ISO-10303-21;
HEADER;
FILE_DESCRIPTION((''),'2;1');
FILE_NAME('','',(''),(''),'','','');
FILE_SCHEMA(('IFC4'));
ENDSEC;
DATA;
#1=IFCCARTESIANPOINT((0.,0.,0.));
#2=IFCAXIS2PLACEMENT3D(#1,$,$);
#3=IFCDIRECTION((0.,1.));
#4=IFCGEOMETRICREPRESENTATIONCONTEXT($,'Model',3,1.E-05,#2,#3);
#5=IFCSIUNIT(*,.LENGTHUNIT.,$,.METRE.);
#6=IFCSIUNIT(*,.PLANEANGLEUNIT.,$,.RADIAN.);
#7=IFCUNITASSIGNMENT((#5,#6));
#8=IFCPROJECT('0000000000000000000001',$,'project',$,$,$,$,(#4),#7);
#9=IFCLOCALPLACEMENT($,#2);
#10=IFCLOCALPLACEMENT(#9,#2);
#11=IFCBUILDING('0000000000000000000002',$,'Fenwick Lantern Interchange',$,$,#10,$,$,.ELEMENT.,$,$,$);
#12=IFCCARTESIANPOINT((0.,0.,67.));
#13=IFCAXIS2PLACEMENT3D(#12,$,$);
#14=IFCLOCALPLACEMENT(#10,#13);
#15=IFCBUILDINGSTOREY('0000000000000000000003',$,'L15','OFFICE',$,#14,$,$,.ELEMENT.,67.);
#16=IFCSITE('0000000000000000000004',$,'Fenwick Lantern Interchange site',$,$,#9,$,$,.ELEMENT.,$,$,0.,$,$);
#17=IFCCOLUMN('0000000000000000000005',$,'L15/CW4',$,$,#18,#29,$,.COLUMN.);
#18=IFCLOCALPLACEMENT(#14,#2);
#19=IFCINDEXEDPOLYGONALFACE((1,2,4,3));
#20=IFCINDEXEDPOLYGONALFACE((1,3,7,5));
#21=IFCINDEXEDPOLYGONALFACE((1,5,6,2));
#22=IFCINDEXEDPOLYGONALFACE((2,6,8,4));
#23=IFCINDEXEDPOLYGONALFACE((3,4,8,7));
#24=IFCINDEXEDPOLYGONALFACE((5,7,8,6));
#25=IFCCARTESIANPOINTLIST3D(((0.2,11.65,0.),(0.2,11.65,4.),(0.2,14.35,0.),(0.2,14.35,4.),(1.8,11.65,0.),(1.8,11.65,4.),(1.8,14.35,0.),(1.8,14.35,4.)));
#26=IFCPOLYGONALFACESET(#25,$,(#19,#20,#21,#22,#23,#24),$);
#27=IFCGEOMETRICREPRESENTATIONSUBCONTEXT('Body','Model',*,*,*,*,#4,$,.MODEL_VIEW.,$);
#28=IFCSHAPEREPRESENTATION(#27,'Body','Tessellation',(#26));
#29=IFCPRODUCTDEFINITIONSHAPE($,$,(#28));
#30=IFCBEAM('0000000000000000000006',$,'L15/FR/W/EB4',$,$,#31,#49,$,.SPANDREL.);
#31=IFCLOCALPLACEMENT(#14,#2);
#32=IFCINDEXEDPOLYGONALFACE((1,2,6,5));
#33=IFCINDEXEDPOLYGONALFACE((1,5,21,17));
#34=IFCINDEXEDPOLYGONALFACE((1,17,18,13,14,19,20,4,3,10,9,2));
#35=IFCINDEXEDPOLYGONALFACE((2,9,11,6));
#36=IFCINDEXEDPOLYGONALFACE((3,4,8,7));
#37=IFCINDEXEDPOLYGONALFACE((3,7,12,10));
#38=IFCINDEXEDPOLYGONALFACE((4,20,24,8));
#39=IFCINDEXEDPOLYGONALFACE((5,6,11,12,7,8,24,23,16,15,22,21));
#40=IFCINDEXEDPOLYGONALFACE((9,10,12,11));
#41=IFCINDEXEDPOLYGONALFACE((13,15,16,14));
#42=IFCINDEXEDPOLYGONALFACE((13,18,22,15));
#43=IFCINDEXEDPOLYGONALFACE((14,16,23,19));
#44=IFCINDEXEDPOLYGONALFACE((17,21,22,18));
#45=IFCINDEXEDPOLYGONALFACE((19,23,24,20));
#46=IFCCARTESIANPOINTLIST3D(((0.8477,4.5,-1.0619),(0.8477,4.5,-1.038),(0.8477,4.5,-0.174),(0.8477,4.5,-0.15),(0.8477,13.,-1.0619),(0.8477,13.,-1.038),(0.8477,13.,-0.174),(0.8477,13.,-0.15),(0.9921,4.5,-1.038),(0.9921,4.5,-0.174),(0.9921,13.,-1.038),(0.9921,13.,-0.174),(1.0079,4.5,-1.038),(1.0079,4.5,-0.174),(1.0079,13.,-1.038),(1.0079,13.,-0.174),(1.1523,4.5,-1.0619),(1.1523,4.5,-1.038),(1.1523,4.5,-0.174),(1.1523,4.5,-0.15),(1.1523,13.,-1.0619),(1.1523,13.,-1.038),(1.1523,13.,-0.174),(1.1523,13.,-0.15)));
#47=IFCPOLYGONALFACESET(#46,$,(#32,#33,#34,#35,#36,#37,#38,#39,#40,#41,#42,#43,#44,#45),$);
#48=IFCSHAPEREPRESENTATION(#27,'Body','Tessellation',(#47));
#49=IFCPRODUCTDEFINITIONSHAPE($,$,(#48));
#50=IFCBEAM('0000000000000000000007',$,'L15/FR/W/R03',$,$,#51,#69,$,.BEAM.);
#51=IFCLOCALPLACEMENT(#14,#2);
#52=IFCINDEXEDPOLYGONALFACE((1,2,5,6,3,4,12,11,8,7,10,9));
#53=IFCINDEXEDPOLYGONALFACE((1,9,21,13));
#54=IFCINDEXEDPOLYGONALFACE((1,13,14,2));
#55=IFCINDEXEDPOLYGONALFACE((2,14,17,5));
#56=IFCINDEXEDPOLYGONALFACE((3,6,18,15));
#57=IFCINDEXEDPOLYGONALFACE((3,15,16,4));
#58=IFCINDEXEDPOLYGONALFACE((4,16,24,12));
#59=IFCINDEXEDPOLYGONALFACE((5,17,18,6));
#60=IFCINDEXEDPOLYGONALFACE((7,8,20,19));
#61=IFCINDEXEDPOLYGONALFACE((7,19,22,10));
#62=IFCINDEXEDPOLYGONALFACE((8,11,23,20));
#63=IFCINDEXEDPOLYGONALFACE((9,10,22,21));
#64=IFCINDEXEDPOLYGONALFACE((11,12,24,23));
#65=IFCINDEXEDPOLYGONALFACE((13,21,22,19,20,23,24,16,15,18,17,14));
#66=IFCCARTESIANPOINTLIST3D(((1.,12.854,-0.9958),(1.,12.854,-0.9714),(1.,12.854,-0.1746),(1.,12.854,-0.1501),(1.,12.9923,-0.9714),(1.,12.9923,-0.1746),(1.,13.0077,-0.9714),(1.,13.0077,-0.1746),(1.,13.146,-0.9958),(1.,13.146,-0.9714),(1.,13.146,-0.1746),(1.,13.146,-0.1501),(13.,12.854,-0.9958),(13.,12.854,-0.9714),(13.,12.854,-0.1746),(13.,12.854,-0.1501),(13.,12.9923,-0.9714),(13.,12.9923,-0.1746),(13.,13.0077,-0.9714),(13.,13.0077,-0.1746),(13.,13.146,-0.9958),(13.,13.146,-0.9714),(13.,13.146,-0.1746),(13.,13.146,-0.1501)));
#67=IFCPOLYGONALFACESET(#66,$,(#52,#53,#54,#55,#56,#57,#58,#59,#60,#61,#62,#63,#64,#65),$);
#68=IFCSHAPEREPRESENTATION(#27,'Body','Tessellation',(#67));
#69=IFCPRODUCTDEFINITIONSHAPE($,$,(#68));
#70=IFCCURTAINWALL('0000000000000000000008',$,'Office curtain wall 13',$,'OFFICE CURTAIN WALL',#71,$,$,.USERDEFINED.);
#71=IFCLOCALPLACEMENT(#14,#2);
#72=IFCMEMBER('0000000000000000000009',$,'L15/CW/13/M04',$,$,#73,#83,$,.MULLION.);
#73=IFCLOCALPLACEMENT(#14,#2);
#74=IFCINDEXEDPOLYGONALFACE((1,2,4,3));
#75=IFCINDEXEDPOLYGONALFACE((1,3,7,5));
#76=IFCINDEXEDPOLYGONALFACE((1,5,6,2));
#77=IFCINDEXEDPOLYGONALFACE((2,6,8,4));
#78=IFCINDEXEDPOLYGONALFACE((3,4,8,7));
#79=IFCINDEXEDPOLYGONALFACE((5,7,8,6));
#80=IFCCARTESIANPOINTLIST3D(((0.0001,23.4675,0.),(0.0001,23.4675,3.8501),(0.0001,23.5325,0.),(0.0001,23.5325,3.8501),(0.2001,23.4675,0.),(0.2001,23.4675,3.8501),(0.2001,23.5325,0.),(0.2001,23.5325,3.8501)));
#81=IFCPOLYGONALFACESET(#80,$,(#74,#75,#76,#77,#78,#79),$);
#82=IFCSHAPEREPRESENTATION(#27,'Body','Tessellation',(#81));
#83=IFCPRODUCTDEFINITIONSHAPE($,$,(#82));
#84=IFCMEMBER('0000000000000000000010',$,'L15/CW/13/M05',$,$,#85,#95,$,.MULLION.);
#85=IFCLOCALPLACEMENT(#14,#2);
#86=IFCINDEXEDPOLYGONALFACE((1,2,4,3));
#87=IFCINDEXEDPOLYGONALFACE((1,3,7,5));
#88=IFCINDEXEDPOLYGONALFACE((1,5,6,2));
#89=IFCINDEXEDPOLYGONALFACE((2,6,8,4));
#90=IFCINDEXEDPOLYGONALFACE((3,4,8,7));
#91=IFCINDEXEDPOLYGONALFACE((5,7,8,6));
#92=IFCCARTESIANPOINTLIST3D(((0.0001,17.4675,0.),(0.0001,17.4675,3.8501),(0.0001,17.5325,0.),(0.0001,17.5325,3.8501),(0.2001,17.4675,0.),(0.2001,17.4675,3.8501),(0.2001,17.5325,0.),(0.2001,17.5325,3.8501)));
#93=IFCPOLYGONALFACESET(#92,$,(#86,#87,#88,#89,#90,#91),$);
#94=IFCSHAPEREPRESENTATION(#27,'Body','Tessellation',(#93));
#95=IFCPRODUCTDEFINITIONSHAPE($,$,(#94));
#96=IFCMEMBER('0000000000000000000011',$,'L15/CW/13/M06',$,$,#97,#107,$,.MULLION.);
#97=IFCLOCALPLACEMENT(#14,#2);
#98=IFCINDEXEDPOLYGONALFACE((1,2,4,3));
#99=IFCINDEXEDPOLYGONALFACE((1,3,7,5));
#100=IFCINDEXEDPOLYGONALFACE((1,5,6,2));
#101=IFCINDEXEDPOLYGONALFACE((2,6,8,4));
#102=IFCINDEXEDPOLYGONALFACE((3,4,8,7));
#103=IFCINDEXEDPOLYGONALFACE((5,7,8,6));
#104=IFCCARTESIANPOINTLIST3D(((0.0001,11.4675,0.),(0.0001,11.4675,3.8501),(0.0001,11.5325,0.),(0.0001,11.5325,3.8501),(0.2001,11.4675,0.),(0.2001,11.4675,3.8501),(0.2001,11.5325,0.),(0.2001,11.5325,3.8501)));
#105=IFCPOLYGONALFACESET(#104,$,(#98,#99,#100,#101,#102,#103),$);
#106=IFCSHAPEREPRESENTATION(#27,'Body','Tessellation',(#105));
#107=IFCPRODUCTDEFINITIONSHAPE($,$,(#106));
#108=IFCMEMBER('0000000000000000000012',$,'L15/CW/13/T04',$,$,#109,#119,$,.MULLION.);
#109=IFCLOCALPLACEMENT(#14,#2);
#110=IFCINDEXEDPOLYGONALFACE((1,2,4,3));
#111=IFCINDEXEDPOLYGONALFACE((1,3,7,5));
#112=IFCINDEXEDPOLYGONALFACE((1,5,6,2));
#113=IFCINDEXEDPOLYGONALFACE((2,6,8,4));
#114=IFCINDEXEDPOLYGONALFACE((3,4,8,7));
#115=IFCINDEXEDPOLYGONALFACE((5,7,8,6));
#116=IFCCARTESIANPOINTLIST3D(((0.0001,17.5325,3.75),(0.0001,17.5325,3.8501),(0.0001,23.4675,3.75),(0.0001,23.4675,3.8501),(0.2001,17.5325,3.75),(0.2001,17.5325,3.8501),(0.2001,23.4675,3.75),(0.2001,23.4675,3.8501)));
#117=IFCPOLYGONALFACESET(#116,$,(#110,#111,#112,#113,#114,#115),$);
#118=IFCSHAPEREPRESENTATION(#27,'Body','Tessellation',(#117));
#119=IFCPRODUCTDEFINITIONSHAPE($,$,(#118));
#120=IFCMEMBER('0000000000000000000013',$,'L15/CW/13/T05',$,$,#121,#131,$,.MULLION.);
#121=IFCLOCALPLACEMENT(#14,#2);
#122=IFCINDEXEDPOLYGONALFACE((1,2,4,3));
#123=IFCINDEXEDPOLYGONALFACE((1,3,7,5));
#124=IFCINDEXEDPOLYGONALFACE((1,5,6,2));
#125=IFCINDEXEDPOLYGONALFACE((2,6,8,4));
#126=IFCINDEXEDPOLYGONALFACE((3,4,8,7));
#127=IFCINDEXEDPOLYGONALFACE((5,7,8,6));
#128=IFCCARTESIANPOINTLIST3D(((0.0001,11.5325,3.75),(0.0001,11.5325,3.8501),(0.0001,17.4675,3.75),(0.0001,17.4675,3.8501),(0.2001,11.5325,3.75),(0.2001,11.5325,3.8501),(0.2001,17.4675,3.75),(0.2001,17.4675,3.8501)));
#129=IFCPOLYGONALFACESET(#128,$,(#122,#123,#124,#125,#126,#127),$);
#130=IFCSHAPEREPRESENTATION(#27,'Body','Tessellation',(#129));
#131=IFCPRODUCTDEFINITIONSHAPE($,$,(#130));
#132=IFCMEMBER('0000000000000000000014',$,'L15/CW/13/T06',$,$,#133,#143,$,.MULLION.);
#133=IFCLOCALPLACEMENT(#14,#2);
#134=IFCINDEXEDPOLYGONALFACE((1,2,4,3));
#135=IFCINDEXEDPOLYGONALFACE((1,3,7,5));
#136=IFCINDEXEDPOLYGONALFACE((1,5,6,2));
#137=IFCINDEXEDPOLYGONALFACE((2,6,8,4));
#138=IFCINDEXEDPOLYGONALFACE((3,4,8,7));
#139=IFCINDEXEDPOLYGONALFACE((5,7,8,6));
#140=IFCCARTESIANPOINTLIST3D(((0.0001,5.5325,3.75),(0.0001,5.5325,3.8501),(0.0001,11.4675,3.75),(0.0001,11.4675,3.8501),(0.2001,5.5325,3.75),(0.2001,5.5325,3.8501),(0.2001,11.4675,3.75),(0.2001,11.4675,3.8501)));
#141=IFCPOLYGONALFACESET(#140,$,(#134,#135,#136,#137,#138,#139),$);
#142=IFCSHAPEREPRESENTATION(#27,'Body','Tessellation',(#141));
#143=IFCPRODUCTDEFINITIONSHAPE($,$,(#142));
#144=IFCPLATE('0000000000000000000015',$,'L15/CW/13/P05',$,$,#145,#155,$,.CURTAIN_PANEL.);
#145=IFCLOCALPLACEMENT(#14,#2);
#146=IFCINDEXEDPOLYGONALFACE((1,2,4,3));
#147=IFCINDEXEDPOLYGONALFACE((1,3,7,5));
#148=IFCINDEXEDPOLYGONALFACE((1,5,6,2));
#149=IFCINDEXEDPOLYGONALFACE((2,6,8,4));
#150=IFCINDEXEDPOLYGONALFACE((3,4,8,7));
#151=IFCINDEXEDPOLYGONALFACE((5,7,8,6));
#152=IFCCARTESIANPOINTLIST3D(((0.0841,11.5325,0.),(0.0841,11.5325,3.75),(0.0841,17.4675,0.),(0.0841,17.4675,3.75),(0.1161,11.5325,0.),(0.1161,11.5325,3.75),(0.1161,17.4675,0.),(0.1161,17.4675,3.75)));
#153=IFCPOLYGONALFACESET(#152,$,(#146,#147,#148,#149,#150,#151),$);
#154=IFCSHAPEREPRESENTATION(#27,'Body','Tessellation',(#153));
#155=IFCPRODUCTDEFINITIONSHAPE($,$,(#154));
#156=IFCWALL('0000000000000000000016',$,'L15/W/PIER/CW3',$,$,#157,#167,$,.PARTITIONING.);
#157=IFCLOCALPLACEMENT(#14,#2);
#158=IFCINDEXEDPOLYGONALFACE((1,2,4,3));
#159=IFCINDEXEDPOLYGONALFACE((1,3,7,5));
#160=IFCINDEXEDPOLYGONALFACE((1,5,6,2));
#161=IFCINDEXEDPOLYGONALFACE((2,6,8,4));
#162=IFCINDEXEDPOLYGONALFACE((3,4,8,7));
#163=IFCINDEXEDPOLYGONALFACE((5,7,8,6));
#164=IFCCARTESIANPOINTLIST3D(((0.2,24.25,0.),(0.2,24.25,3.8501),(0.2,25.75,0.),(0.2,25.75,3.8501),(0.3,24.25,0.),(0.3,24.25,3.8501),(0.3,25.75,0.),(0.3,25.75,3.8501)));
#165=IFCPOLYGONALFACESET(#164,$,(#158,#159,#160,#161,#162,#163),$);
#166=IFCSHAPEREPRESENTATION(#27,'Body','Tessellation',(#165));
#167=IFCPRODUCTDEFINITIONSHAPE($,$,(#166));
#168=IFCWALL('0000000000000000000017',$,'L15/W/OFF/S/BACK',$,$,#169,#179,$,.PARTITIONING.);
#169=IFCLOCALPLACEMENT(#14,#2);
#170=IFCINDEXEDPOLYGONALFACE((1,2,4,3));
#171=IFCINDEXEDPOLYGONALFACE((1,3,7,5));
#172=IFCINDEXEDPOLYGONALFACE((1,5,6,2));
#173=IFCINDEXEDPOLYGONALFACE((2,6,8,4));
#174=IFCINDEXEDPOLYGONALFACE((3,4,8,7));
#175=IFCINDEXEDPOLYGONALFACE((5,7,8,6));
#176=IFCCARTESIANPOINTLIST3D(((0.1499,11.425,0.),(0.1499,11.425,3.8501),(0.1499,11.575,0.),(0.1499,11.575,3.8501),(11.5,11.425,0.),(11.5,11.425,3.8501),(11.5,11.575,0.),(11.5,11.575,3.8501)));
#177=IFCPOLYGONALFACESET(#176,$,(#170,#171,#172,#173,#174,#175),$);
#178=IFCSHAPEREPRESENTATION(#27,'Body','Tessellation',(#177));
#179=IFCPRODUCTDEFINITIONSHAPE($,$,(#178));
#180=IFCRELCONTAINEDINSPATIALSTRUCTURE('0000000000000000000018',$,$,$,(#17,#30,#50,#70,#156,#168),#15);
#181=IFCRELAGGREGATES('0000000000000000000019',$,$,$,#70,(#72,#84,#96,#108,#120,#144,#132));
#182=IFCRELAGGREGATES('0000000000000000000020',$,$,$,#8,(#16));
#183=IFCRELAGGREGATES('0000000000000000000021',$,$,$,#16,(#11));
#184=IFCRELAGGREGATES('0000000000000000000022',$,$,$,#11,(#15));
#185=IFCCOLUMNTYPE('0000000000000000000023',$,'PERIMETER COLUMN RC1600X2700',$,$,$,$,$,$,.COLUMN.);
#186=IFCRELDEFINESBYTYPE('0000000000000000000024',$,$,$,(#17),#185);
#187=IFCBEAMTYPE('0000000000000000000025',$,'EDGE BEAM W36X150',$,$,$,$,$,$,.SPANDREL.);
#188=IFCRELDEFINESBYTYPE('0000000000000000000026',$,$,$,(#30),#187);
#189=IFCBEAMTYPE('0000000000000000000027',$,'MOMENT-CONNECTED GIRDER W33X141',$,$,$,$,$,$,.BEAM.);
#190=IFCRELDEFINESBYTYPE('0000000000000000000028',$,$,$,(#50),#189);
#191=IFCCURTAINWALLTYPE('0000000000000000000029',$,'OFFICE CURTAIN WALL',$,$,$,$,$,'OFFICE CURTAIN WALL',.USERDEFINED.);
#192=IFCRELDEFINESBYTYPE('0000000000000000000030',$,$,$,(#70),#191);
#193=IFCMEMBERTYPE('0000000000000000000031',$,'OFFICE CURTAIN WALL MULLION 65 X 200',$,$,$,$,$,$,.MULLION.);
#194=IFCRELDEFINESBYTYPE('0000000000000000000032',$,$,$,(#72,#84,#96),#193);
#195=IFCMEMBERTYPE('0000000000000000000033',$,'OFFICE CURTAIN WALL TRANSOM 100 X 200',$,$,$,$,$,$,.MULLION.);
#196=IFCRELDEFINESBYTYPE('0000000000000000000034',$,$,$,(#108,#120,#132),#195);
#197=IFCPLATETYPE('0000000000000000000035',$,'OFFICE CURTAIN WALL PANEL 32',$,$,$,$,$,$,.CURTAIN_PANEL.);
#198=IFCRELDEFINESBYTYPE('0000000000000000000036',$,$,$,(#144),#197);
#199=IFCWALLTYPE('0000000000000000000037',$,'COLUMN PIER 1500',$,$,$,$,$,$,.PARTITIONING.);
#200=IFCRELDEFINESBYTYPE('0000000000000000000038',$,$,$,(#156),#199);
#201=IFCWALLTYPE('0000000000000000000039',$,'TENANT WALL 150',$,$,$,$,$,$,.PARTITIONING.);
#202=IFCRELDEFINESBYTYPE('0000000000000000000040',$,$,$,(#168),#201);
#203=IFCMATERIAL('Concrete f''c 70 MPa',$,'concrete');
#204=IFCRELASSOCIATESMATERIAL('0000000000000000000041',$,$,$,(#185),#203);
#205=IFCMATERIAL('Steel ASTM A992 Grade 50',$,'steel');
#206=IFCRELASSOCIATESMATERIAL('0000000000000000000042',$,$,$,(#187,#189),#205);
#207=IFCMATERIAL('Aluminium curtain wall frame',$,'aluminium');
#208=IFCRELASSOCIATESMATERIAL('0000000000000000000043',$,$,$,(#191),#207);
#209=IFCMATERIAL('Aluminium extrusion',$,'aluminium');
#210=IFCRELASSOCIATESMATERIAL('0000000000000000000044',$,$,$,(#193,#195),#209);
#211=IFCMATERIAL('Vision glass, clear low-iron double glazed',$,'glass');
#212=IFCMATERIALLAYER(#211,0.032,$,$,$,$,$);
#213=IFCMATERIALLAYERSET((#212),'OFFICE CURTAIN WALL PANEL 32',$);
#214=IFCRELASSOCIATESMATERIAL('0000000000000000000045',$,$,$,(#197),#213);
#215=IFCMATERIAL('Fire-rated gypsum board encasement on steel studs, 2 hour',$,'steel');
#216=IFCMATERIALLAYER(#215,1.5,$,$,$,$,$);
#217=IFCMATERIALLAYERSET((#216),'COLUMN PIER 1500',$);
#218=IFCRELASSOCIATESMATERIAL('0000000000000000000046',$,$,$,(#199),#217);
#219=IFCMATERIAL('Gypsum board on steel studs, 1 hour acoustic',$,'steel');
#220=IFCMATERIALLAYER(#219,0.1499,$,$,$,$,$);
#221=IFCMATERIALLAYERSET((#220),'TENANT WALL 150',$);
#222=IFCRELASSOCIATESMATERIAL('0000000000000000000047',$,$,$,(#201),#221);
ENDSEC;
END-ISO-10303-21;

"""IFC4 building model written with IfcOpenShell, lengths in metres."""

from ifc_helpers import new_model, si_unit, direction, frame, frame_2d, origin, origin_2d, place, context, subcontext, project, spatial, rectangle, i_section, extrude, material, layer, layer_set, material_profile, profile_set, type_object, element, aggregate, save


model = new_model("IFC4")

# Units and contexts
model_context = context("Model", 3, precision=1e-05, world=origin(), true_north=direction((0.0, 1.0)))
body_context = subcontext(model_context, "Body", "Model", "MODEL_VIEW")
ifc_project = project(units=[si_unit("LENGTHUNIT", "METRE"), si_unit("PLANEANGLEUNIT", "RADIAN")], contexts=[model_context])

# Site, building, storey
site_placement = place(None, origin())
site = spatial("IfcSite", under=ifc_project, at=site_placement, Name="Fenwick Lantern Interchange site", CompositionType="ELEMENT", RefElevation=0.0)
building_placement = place(site_placement, origin())
building = spatial("IfcBuilding", under=site, at=building_placement, Name="Fenwick Lantern Interchange", CompositionType="ELEMENT")
storey_placement = place(building_placement, frame((0.0, 0.0, 67.0)))
storey = spatial("IfcBuildingStorey", under=building, at=storey_placement, Name="L15", Description="OFFICE", CompositionType="ELEMENT", Elevation=67.0)

# Column
ifc_material_1 = material(Name="Concrete f'c 70 MPa", Category="concrete")
ifc_material_profile_1 = material_profile(ifc_material_1, rectangle(XDim=1.6001, YDim=2.7, at=origin_2d()), Name="RC1600X2700")
ifc_profile_set_1 = profile_set([ifc_material_profile_1], Name="Concrete f'c 70 MPa")
column_type = type_object("IfcColumnType", Name="PERIMETER COLUMN RC1600X2700", PredefinedType="COLUMN", material=ifc_profile_set_1)
column_placement = place(storey_placement, frame((1.0, 13.0, 0.0), z_axis=(0.0, 0.0, 1.0), x_axis=(1.0, 0.0, 0.0)))
element("IfcColumn", 1, at=column_placement, inside=storey, type_object=column_type, Name="L15/CW4", PredefinedType="COLUMN", context=body_context, shape_type="SweptSolid", body=[
    extrude(rectangle(XDim=1.6001, YDim=2.7, at=origin_2d()), origin(), (0.0, 0.0, 1.0), 4.0),
])

# Beams
ifc_material_2 = material(Name="Steel ASTM A992 Grade 50", Category="steel")
ifc_material_profile_2 = material_profile(ifc_material_2, i_section(OverallWidth=0.3047, OverallDepth=0.9119, WebThickness=0.0159, FlangeThickness=0.0239, at=origin_2d()), Name="W36X150")
ifc_profile_set_2 = profile_set([ifc_material_profile_2], Name="Steel ASTM A992 Grade 50")
beam_type_1 = type_object("IfcBeamType", Name="EDGE BEAM W36X150", PredefinedType="SPANDREL", material=ifc_profile_set_2)
beam_1_placement = place(storey_placement, frame((1.0, 13.0, -0.606), z_axis=(0.0, -1.0, 0.0), x_axis=(1.0, 0.0, 0.0)))
element("IfcBeam", 2, at=beam_1_placement, inside=storey, type_object=beam_type_1, Name="L15/FR/W/EB4", PredefinedType="SPANDREL", context=body_context, shape_type="SweptSolid", body=[
    extrude(i_section(OverallWidth=0.3047, OverallDepth=0.9119, WebThickness=0.0159, FlangeThickness=0.0239, at=origin_2d()), origin(), (0.0, 0.0, 1.0), 8.5),
])
ifc_material_profile_3 = material_profile(ifc_material_2, i_section(OverallWidth=0.292, OverallDepth=0.8457, WebThickness=0.0154, FlangeThickness=0.0244, at=origin_2d()), Name="W33X141")
ifc_profile_set_3 = profile_set([ifc_material_profile_3], Name="Steel ASTM A992 Grade 50")
beam_type_2 = type_object("IfcBeamType", Name="MOMENT-CONNECTED GIRDER W33X141", PredefinedType="BEAM", material=ifc_profile_set_3)
beam_2_placement = place(storey_placement, frame((1.0, 13.0, -0.573), z_axis=(1.0, 0.0, 0.0), x_axis=(0.0, 1.0, 0.0)))
element("IfcBeam", 3, at=beam_2_placement, inside=storey, type_object=beam_type_2, Name="L15/FR/W/R03", PredefinedType="BEAM", context=body_context, shape_type="SweptSolid", body=[
    extrude(i_section(OverallWidth=0.292, OverallDepth=0.8457, WebThickness=0.0154, FlangeThickness=0.0244, at=origin_2d()), origin(), (0.0, 0.0, 1.0), 12.0),
])

# Curtain wall, members, plate
ifc_material_3 = material(Name="Aluminium curtain wall frame", Category="aluminium")
curtain_wall_type = type_object("IfcCurtainWallType", Name="OFFICE CURTAIN WALL", ElementType="OFFICE CURTAIN WALL", PredefinedType="USERDEFINED", material=ifc_material_3)
curtain_wall_placement = place(storey_placement, origin())
curtain_wall = element("IfcCurtainWall", 4, at=curtain_wall_placement, inside=storey, type_object=curtain_wall_type, Name="Office curtain wall 13", ObjectType="OFFICE CURTAIN WALL", PredefinedType="USERDEFINED")
ifc_material_4 = material(Name="Aluminium extrusion", Category="aluminium")
ifc_material_profile_4 = material_profile(ifc_material_4, rectangle(XDim=0.2, YDim=0.0649, at=origin_2d()), Name="OFFICE CURTAIN WALL MULLION 65 X 200")
ifc_profile_set_4 = profile_set([ifc_material_profile_4], Name="Aluminium extrusion")
member_type_1 = type_object("IfcMemberType", Name="OFFICE CURTAIN WALL MULLION 65 X 200", PredefinedType="MULLION", material=ifc_profile_set_4)
member_1_placement = place(storey_placement, frame((0.1001, 23.5, 0.0), z_axis=(0.0, 0.0, 1.0), x_axis=(1.0, 0.0, 0.0)))
member_1 = element("IfcMember", 5, at=member_1_placement, type_object=member_type_1, Name="L15/CW/13/M04", PredefinedType="MULLION", context=body_context, shape_type="SweptSolid", body=[
    extrude(rectangle(XDim=0.2, YDim=0.0649, at=origin_2d()), origin(), (0.0, 0.0, 1.0), 3.8501),
])
member_2_placement = place(storey_placement, frame((0.1001, 17.5, 0.0), z_axis=(0.0, 0.0, 1.0), x_axis=(1.0, 0.0, 0.0)))
member_2 = element("IfcMember", 6, at=member_2_placement, type_object=member_type_1, Name="L15/CW/13/M05", PredefinedType="MULLION", context=body_context, shape_type="SweptSolid", body=[
    extrude(rectangle(XDim=0.2, YDim=0.0649, at=origin_2d()), origin(), (0.0, 0.0, 1.0), 3.8501),
])
member_3_placement = place(storey_placement, frame((0.1001, 11.5, 0.0), z_axis=(0.0, 0.0, 1.0), x_axis=(1.0, 0.0, 0.0)))
member_3 = element("IfcMember", 7, at=member_3_placement, type_object=member_type_1, Name="L15/CW/13/M06", PredefinedType="MULLION", context=body_context, shape_type="SweptSolid", body=[
    extrude(rectangle(XDim=0.2, YDim=0.0649, at=origin_2d()), origin(), (0.0, 0.0, 1.0), 3.8501),
])
ifc_material_profile_5 = material_profile(ifc_material_4, rectangle(XDim=0.2, YDim=0.1001, at=origin_2d()), Name="OFFICE CURTAIN WALL TRANSOM 100 X 200")
ifc_profile_set_5 = profile_set([ifc_material_profile_5], Name="Aluminium extrusion")
member_type_2 = type_object("IfcMemberType", Name="OFFICE CURTAIN WALL TRANSOM 100 X 200", PredefinedType="MULLION", material=ifc_profile_set_5)
member_4_placement = place(storey_placement, frame((0.1001, 23.4675, 3.8), z_axis=(0.0, -1.0, 0.0), x_axis=(1.0, 0.0, 0.0)))
member_4 = element("IfcMember", 8, at=member_4_placement, type_object=member_type_2, Name="L15/CW/13/T04", PredefinedType="MULLION", context=body_context, shape_type="SweptSolid", body=[
    extrude(rectangle(XDim=0.2, YDim=0.1001, at=origin_2d()), origin(), (0.0, 0.0, 1.0), 5.9351),
])
member_5_placement = place(storey_placement, frame((0.1001, 17.4675, 3.8), z_axis=(0.0, -1.0, 0.0), x_axis=(1.0, 0.0, 0.0)))
member_5 = element("IfcMember", 9, at=member_5_placement, type_object=member_type_2, Name="L15/CW/13/T05", PredefinedType="MULLION", context=body_context, shape_type="SweptSolid", body=[
    extrude(rectangle(XDim=0.2, YDim=0.1001, at=origin_2d()), origin(), (0.0, 0.0, 1.0), 5.9351),
])
member_6_placement = place(storey_placement, frame((0.1001, 11.4675, 3.8), z_axis=(0.0, -1.0, 0.0), x_axis=(1.0, 0.0, 0.0)))
member_6 = element("IfcMember", 10, at=member_6_placement, type_object=member_type_2, Name="L15/CW/13/T06", PredefinedType="MULLION", context=body_context, shape_type="SweptSolid", body=[
    extrude(rectangle(XDim=0.2, YDim=0.1001, at=origin_2d()), origin(), (0.0, 0.0, 1.0), 5.9351),
])
ifc_material_5 = material(Name="Vision glass, clear low-iron double glazed", Category="glass")
ifc_layer_1 = layer(ifc_material_5, 0.032)
ifc_layer_set_1 = layer_set([ifc_layer_1], Name="OFFICE CURTAIN WALL PANEL 32")
plate_type = type_object("IfcPlateType", Name="OFFICE CURTAIN WALL PANEL 32", PredefinedType="CURTAIN_PANEL", material=ifc_layer_set_1)
plate_placement = place(storey_placement, frame((0.1001, 14.5, 0.0), z_axis=(0.0, 0.0, 1.0), x_axis=(0.0, -1.0, 0.0)))
plate = element("IfcPlate", 11, at=plate_placement, type_object=plate_type, Name="L15/CW/13/P05", PredefinedType="CURTAIN_PANEL", context=body_context, shape_type="SweptSolid", body=[
    extrude(rectangle(XDim=5.9351, YDim=0.032, at=origin_2d()), origin(), (0.0, 0.0, 1.0), 3.75),
])
aggregate(curtain_wall, [member_1, member_2, member_3, member_4, member_5, plate, member_6])

# Walls
ifc_material_6 = material(Name="Fire-rated gypsum board encasement on steel studs, 2 hour", Category="steel")
ifc_layer_2 = layer(ifc_material_6, 1.5)
ifc_layer_set_2 = layer_set([ifc_layer_2], Name="COLUMN PIER 1500")
wall_type_1 = type_object("IfcWallType", Name="COLUMN PIER 1500", PredefinedType="PARTITIONING", material=ifc_layer_set_2)
wall_placement = place(storey_placement, frame((0.2, 25.0, 0.0), z_axis=(0.0, 0.0, 1.0), x_axis=(1.0, 0.0, 0.0)))
element("IfcWall", 12, at=wall_placement, inside=storey, type_object=wall_type_1, Name="L15/W/PIER/CW3", PredefinedType="PARTITIONING", context=body_context, shape_type="SweptSolid", body=[
    extrude(rectangle(XDim=0.1001, YDim=1.5, at=frame_2d((0.05, 0.0))), origin(), (0.0, 0.0, 1.0), 3.8501),
])
ifc_material_7 = material(Name="Gypsum board on steel studs, 1 hour acoustic", Category="steel")
ifc_layer_3 = layer(ifc_material_7, 0.1499)
ifc_layer_set_3 = layer_set([ifc_layer_3], Name="TENANT WALL 150")
wall_type_2 = type_object("IfcWallType", Name="TENANT WALL 150", PredefinedType="PARTITIONING", material=ifc_layer_set_3)
for number, where, z_axis, x_axis, name in (
    (13, (0.1499, 11.5, 0.0), (0.0, 0.0, 1.0), (1.0, 0.0, 0.0), "L15/W/OFF/S/BACK"),
):
    element("IfcWall", number, at=place(storey_placement, frame(where, z_axis=z_axis, x_axis=x_axis)), inside=storey, type_object=wall_type_2, Name=name, PredefinedType="PARTITIONING", context=body_context, shape_type="SweptSolid", body=[
        extrude(rectangle(XDim=11.3501, YDim=0.1499, at=frame_2d((5.675, 0.0))), origin(), (0.0, 0.0, 1.0), 3.8501),
    ])

save(model, "model.ifc")
